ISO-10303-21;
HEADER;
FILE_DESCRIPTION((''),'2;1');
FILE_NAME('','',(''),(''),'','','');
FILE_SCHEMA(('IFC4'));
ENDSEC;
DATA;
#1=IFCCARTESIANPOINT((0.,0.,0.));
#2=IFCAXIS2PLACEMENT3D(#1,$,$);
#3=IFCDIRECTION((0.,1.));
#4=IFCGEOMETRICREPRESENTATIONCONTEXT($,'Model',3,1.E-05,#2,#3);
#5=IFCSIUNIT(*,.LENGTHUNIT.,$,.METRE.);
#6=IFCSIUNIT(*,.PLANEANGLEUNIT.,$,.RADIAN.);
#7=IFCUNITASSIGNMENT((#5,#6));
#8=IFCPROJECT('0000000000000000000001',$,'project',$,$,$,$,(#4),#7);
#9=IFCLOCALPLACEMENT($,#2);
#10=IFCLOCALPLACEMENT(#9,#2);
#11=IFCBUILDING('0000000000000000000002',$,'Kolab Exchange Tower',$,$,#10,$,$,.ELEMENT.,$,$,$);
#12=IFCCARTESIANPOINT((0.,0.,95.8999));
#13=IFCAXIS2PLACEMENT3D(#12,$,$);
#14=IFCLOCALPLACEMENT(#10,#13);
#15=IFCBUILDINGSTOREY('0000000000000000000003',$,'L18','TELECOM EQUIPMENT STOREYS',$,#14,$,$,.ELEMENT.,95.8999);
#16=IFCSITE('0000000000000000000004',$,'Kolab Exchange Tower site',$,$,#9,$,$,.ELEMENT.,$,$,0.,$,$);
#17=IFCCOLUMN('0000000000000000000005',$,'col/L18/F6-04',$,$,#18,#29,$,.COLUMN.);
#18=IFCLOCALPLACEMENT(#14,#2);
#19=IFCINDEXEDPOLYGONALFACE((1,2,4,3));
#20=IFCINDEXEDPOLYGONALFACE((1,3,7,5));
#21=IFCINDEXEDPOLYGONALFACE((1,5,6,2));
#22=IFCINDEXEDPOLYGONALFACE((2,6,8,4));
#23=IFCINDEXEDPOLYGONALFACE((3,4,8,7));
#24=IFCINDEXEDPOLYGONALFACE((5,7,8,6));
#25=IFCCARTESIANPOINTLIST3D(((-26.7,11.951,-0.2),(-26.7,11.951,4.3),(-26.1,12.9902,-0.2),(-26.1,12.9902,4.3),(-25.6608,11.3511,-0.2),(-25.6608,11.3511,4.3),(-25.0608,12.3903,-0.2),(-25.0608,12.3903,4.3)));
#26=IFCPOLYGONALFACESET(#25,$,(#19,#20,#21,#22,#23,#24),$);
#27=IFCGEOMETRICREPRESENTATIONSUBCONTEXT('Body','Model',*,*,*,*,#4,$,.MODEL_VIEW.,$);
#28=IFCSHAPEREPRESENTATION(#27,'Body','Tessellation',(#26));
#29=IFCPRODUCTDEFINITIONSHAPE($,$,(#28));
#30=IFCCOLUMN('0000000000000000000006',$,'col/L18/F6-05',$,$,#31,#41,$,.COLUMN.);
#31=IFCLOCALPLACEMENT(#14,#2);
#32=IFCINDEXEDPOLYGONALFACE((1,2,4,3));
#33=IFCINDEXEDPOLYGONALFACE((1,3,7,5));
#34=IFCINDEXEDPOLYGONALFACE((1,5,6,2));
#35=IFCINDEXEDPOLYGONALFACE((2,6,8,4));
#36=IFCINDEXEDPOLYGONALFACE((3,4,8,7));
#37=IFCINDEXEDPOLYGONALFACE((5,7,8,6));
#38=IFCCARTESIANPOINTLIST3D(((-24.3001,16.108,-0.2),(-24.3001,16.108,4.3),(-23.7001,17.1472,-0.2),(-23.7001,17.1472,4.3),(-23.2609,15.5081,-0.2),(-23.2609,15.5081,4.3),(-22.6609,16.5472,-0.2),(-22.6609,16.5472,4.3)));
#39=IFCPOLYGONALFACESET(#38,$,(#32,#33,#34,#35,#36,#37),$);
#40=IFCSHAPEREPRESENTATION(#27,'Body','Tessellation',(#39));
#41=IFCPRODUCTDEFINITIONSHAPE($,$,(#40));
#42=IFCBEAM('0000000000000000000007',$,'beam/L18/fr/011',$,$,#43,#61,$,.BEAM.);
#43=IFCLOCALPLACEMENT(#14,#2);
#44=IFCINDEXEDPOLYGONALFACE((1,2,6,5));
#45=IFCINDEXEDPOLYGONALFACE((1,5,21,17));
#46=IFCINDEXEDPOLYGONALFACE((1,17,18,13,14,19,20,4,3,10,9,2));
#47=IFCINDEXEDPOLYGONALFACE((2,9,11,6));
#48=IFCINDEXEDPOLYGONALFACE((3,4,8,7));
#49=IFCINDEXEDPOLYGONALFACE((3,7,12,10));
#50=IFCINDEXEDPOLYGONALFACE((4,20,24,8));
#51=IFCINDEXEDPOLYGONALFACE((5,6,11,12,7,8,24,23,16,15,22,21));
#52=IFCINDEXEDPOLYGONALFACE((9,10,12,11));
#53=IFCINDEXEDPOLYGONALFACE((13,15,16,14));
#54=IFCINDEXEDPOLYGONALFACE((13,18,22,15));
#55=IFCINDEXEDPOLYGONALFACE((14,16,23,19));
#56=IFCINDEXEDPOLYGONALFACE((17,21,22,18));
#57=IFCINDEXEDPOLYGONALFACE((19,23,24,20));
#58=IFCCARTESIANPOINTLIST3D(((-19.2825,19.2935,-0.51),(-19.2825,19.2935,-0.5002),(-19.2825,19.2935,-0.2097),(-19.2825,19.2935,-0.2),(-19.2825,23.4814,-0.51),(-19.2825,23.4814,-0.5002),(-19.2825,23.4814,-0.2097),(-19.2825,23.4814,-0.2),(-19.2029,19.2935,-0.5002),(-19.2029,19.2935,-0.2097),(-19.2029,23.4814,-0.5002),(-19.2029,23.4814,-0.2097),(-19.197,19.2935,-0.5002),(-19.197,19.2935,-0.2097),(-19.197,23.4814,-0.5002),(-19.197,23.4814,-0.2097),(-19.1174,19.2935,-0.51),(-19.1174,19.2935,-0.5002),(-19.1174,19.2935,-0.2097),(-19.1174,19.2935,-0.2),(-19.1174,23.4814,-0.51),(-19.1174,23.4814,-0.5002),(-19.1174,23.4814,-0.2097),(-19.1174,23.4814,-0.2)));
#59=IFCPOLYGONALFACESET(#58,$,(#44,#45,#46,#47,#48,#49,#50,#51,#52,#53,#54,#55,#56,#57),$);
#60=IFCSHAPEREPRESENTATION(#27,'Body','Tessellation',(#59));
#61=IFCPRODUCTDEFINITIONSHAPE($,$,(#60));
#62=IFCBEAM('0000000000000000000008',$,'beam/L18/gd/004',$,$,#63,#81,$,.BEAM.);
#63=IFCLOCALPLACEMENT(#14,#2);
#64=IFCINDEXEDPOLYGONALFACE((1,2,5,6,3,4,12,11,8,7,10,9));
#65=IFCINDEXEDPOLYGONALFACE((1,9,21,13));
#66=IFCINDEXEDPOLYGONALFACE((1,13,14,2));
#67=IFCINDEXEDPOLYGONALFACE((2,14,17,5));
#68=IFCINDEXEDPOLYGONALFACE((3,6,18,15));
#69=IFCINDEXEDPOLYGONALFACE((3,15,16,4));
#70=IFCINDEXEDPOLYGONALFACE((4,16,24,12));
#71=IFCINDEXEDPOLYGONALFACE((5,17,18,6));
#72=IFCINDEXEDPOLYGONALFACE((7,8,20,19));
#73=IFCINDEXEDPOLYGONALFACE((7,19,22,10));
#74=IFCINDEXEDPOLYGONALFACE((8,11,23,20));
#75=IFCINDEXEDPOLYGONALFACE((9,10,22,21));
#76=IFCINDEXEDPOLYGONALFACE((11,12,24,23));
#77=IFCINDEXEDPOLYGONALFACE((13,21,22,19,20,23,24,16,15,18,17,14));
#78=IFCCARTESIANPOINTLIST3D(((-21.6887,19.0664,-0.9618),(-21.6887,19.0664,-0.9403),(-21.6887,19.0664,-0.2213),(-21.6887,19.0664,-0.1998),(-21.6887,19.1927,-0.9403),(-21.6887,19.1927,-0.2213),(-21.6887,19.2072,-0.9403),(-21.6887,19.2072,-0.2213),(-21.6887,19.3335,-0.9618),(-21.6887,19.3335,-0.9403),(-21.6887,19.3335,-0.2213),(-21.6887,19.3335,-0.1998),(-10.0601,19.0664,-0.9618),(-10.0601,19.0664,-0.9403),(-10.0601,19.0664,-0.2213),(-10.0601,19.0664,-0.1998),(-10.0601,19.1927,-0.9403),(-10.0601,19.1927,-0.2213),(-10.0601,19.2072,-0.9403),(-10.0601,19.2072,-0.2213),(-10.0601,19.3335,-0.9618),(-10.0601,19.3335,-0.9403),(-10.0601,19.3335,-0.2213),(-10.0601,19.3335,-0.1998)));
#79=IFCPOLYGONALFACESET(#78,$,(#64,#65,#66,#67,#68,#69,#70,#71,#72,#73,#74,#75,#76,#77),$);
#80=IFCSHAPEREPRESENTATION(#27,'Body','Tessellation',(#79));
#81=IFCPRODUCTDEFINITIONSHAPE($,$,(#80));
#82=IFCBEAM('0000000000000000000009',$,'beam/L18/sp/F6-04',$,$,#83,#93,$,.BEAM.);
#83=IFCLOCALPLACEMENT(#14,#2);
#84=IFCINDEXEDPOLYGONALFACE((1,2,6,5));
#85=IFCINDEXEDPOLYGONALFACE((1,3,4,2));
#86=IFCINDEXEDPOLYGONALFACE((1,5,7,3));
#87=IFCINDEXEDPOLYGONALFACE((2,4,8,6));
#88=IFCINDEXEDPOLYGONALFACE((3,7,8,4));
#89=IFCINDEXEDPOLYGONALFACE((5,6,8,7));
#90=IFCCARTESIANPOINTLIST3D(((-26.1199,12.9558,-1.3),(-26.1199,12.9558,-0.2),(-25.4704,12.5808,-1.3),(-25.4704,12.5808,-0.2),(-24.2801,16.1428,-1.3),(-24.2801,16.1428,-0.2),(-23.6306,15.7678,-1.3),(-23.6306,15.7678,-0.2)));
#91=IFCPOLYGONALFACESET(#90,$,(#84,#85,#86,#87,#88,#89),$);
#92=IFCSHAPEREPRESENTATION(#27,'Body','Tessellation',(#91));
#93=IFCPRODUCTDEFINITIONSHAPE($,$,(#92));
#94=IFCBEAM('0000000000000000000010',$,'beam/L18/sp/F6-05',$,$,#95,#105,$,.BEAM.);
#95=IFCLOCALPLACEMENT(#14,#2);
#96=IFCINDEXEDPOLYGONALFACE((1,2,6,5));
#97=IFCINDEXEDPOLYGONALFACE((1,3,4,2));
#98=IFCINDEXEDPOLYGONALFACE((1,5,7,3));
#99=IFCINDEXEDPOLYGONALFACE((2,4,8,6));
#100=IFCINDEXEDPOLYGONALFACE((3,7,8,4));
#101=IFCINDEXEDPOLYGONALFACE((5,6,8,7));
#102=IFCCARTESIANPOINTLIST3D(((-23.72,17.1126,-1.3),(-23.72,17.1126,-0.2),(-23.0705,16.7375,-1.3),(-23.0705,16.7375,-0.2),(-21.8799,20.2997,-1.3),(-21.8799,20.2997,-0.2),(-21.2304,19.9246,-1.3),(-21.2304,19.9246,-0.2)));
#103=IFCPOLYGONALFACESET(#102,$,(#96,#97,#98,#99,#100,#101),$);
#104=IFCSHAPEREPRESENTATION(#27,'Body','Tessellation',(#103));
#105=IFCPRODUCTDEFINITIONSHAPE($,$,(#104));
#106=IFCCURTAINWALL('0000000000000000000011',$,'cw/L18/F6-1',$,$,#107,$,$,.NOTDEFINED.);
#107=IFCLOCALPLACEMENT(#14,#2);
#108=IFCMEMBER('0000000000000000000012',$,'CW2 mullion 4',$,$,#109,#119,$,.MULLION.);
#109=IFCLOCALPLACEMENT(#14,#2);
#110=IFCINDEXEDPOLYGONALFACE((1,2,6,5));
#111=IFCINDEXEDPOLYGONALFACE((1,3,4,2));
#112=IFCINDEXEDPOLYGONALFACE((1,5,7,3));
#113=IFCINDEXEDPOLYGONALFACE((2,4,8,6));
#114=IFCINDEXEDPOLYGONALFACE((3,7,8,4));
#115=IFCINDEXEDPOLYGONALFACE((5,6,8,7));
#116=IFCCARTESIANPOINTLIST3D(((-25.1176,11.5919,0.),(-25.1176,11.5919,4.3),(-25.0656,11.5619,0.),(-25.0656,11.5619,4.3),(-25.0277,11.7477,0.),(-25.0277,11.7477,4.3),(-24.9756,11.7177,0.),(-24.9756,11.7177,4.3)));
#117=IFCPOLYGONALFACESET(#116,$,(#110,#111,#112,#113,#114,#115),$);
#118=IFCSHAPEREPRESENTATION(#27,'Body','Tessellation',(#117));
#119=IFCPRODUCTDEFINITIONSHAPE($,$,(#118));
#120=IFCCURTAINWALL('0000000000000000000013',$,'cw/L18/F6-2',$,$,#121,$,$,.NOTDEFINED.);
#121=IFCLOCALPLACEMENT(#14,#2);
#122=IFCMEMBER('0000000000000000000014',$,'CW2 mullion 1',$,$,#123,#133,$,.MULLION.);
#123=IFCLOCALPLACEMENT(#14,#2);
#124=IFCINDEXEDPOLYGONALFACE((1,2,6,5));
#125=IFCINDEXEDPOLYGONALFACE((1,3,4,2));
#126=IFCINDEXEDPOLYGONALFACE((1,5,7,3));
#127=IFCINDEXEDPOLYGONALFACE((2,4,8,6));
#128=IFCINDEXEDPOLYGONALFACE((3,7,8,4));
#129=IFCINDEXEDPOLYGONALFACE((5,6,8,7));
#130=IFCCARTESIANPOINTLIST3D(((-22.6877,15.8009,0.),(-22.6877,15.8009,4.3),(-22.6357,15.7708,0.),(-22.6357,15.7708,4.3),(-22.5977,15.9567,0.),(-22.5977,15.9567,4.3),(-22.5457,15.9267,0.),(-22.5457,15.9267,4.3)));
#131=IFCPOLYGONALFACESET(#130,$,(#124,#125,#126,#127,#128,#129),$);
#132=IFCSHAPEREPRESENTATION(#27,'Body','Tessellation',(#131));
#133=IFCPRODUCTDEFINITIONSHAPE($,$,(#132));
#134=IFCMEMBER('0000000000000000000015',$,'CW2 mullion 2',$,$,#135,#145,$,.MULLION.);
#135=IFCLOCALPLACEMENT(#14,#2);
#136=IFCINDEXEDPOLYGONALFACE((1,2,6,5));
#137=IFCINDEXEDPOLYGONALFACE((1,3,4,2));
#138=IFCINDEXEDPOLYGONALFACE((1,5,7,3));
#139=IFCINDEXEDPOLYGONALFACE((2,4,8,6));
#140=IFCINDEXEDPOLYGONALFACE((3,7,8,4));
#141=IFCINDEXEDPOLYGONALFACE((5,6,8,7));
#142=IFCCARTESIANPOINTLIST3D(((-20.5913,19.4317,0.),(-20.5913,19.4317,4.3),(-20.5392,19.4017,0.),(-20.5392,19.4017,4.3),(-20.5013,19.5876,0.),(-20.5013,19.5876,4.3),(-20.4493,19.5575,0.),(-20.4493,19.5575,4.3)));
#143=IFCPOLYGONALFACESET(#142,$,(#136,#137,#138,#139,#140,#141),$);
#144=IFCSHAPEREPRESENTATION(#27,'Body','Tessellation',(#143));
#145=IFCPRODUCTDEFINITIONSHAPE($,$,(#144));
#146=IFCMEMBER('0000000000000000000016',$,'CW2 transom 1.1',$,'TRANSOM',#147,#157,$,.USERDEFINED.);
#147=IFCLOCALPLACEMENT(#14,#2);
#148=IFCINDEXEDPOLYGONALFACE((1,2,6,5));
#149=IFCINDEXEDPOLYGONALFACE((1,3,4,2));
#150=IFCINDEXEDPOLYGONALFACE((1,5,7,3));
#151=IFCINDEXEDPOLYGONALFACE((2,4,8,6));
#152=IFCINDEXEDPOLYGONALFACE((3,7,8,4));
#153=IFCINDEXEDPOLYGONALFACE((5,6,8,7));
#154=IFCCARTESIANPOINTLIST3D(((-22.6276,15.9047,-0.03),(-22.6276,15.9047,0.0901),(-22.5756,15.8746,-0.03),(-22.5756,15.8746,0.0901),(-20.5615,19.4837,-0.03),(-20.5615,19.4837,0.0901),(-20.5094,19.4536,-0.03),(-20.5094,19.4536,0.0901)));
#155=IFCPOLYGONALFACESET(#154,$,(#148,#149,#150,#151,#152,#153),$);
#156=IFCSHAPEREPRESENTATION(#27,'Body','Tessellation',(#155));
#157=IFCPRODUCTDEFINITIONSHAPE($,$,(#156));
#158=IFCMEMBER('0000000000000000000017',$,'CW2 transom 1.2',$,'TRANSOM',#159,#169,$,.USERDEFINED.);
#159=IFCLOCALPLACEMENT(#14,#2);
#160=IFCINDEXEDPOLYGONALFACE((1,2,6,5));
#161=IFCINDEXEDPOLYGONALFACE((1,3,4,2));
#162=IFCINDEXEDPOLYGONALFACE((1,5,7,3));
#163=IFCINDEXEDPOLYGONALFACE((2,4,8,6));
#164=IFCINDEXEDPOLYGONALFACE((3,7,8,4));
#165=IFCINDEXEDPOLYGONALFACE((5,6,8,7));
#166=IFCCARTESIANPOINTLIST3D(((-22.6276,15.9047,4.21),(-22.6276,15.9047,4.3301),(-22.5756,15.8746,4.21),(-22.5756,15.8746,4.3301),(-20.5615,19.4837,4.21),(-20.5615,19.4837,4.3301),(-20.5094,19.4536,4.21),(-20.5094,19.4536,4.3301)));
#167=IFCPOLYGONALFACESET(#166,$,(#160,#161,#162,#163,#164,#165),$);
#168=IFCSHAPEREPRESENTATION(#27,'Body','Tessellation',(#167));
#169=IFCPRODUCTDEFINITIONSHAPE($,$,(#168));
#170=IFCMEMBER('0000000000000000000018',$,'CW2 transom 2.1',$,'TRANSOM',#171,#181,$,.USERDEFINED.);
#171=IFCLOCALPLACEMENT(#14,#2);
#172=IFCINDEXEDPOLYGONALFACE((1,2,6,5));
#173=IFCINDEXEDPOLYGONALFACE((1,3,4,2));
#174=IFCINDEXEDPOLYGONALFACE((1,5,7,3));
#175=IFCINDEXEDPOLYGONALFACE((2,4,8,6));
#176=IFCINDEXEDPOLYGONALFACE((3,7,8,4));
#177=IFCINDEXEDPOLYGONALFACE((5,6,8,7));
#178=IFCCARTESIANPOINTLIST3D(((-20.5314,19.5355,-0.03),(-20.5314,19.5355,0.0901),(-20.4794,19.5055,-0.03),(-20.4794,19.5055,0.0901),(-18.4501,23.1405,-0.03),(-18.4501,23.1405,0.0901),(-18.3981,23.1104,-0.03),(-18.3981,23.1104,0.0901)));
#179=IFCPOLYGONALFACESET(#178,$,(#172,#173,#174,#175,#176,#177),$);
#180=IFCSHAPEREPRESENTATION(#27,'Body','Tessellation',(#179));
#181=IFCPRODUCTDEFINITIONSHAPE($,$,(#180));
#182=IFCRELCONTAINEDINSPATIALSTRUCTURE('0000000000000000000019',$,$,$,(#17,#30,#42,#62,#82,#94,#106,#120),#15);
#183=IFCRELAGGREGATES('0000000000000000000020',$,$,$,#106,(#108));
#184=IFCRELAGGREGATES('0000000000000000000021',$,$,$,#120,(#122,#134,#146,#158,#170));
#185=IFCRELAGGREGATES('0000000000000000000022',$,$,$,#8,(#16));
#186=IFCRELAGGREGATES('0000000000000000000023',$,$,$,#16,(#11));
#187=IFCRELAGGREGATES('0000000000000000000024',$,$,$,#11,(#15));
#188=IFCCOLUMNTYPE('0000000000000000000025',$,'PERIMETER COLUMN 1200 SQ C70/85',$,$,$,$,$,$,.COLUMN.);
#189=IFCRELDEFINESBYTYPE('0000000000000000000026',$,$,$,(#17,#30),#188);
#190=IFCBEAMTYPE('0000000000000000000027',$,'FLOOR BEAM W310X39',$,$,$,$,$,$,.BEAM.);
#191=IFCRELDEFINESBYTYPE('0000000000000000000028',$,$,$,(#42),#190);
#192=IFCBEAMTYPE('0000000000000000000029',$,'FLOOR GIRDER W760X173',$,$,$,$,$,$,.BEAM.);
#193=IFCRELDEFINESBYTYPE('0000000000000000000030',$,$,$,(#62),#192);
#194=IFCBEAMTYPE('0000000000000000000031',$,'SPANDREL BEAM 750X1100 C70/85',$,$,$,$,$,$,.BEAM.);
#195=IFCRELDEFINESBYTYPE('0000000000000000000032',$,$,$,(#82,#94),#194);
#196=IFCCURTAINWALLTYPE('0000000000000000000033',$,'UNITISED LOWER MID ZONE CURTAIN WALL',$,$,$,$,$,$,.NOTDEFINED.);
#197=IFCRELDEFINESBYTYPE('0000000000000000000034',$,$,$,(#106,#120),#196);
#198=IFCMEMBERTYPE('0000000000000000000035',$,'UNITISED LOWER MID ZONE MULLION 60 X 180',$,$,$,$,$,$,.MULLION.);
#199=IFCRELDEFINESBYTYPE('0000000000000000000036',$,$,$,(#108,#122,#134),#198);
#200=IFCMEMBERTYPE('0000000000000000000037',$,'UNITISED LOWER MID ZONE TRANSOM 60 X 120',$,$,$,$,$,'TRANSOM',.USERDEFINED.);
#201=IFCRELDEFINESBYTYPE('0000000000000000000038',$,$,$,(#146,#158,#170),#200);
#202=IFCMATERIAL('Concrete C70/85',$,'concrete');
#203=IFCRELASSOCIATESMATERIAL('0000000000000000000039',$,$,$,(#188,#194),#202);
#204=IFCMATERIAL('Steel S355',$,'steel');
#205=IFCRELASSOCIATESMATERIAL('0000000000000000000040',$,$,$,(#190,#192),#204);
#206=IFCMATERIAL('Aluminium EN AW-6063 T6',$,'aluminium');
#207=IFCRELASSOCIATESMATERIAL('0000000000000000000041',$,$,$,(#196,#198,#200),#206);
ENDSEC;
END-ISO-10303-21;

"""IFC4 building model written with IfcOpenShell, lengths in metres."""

from ifc_helpers import new_model, si_unit, direction, frame, origin, origin_2d, place, context, subcontext, project, spatial, rectangle, i_section, extrude, material, material_profile, profile_set, type_object, element, aggregate, save


model = new_model("IFC4")

# Units and contexts
model_context = context("Model", 3, precision=1e-05, world=origin(), true_north=direction((0.0, 1.0)))
body_context = subcontext(model_context, "Body", "Model", "MODEL_VIEW")
ifc_project = project(units=[si_unit("LENGTHUNIT", "METRE"), si_unit("PLANEANGLEUNIT", "RADIAN")], contexts=[model_context])

# Site, building, storey
site_placement = place(None, origin())
site = spatial("IfcSite", under=ifc_project, at=site_placement, Name="Kolab Exchange Tower site", CompositionType="ELEMENT", RefElevation=0.0)
building_placement = place(site_placement, origin())
building = spatial("IfcBuilding", under=site, at=building_placement, Name="Kolab Exchange Tower", CompositionType="ELEMENT")
storey_placement = place(building_placement, frame((0.0, 0.0, 95.8999)))
storey = spatial("IfcBuildingStorey", under=building, at=storey_placement, Name="L18", Description="TELECOM EQUIPMENT STOREYS", CompositionType="ELEMENT", Elevation=95.8999)

# Columns
ifc_material_1 = material(Name="Concrete C70/85", Category="concrete")
ifc_material_profile_1 = material_profile(ifc_material_1, rectangle(XDim=1.2, YDim=1.2, at=origin_2d()), Name="RC1200")
ifc_profile_set_1 = profile_set([ifc_material_profile_1], Name="Concrete C70/85")
column_type = type_object("IfcColumnType", Name="PERIMETER COLUMN 1200 SQ C70/85", PredefinedType="COLUMN", material=ifc_profile_set_1)
for number, where, z_axis, x_axis, name in (
    (1, (-25.8804, 12.1707, -0.2), (0.0, 0.0, 1.0), (0.5, 0.866025, 0.0), "col/L18/F6-04"),
    (2, (-23.4805, 16.3276, -0.2), (0.0, 0.0, 1.0), (0.5, 0.866025, 0.0), "col/L18/F6-05"),
):
    element("IfcColumn", number, at=place(storey_placement, frame(where, z_axis=z_axis, x_axis=x_axis)), inside=storey, type_object=column_type, Name=name, PredefinedType="COLUMN", context=body_context, shape_type="SweptSolid", body=[
        extrude(rectangle(XDim=1.2, YDim=1.2, at=origin_2d()), origin(), (0.0, 0.0, 1.0), 4.5),
    ])

# Beams
ifc_material_2 = material(Name="Steel S355", Category="steel")
ifc_material_profile_2 = material_profile(ifc_material_2, i_section(OverallWidth=0.165, OverallDepth=0.3101, WebThickness=0.0059, FlangeThickness=0.0098, at=origin_2d()), Name="W310X39")
ifc_profile_set_2 = profile_set([ifc_material_profile_2], Name="Steel S355")
beam_type_1 = type_object("IfcBeamType", Name="FLOOR BEAM W310X39", PredefinedType="BEAM", material=ifc_profile_set_2)
beam_1_placement = place(storey_placement, frame((-19.2, 19.2935, -0.355), z_axis=(0.0, 1.0, 0.0), x_axis=(-1.0, 0.0, 0.0)))
element("IfcBeam", 3, at=beam_1_placement, inside=storey, type_object=beam_type_1, Name="beam/L18/fr/011", PredefinedType="BEAM", context=body_context, shape_type="SweptSolid", body=[
    extrude(i_section(OverallWidth=0.165, OverallDepth=0.3101, WebThickness=0.0059, FlangeThickness=0.0098, at=origin_2d()), origin(), (0.0, 0.0, 1.0), 4.188),
])
ifc_material_profile_3 = material_profile(ifc_material_2, i_section(OverallWidth=0.2671, OverallDepth=0.762, WebThickness=0.0144, FlangeThickness=0.0215, at=origin_2d()), Name="W760X173")
ifc_profile_set_3 = profile_set([ifc_material_profile_3], Name="Steel S355")
beam_type_2 = type_object("IfcBeamType", Name="FLOOR GIRDER W760X173", PredefinedType="BEAM", material=ifc_profile_set_3)
beam_2_placement = place(storey_placement, frame((-21.6887, 19.2, -0.5808), z_axis=(1.0, 0.0, 0.0), x_axis=(0.0, 1.0, 0.0)))
element("IfcBeam", 4, at=beam_2_placement, inside=storey, type_object=beam_type_2, Name="beam/L18/gd/004", PredefinedType="BEAM", context=body_context, shape_type="SweptSolid", body=[
    extrude(i_section(OverallWidth=0.2671, OverallDepth=0.762, WebThickness=0.0144, FlangeThickness=0.0215, at=origin_2d()), origin(), (0.0, 0.0, 1.0), 11.6287),
])
ifc_material_profile_4 = material_profile(ifc_material_1, rectangle(XDim=0.75, YDim=1.1001, at=origin_2d()), Name="RC750X1100")
ifc_profile_set_4 = profile_set([ifc_material_profile_4], Name="Concrete C70/85")
beam_type_3 = type_object("IfcBeamType", Name="SPANDREL BEAM 750X1100 C70/85", PredefinedType="BEAM", material=ifc_profile_set_4)
beam_3_placement = place(storey_placement, frame((-25.7952, 12.7683, -0.75), z_axis=(0.499964, 0.866046, 0.0), x_axis=(-0.866046, 0.499964, 0.0)))
element("IfcBeam", 5, at=beam_3_placement, inside=storey, type_object=beam_type_3, Name="beam/L18/sp/F6-04", PredefinedType="BEAM", context=body_context, shape_type="SweptSolid", body=[
    extrude(rectangle(XDim=0.75, YDim=1.1001, at=origin_2d()), origin(), (0.0, 0.0, 1.0), 3.6799),
])
beam_4_placement = place(storey_placement, frame((-23.3953, 16.925, -0.75), z_axis=(0.500013, 0.866018, 0.0), x_axis=(-0.866018, 0.500013, 0.0)))
element("IfcBeam", 6, at=beam_4_placement, inside=storey, type_object=beam_type_3, Name="beam/L18/sp/F6-05", PredefinedType="BEAM", context=body_context, shape_type="SweptSolid", body=[
    extrude(rectangle(XDim=0.75, YDim=1.1001, at=origin_2d()), origin(), (0.0, 0.0, 1.0), 3.6802),
])

# Curtain wall, member
ifc_material_3 = material(Name="Aluminium EN AW-6063 T6", Category="aluminium")
curtain_wall_type = type_object("IfcCurtainWallType", Name="UNITISED LOWER MID ZONE CURTAIN WALL", PredefinedType="NOTDEFINED", material=ifc_material_3)
curtain_wall_1_placement = place(storey_placement, origin())
curtain_wall_1 = element("IfcCurtainWall", 7, at=curtain_wall_1_placement, inside=storey, type_object=curtain_wall_type, Name="cw/L18/F6-1", PredefinedType="NOTDEFINED")
ifc_material_profile_5 = material_profile(ifc_material_3, rectangle(XDim=0.0601, YDim=0.1799, at=origin_2d()), Name="RECT 60X180")
ifc_profile_set_5 = profile_set([ifc_material_profile_5], Name="Aluminium EN AW-6063 T6")
member_type_1 = type_object("IfcMemberType", Name="UNITISED LOWER MID ZONE MULLION 60 X 180", PredefinedType="MULLION", material=ifc_profile_set_5)
member_1_placement = place(storey_placement, frame((-25.0466, 11.6548, 0.0), z_axis=(0.0, 0.0, 1.0), x_axis=(-0.866025, 0.5, 0.0)))
member_1 = element("IfcMember", 8, at=member_1_placement, type_object=member_type_1, Name="CW2 mullion 4", PredefinedType="MULLION", context=body_context, shape_type="SweptSolid", body=[
    extrude(rectangle(XDim=0.0601, YDim=0.1799, at=origin_2d()), origin(), (0.0, 0.0, 1.0), 4.3),
])
aggregate(curtain_wall_1, [member_1])

# Curtain wall, members
curtain_wall_2_placement = place(storey_placement, origin())
curtain_wall_2 = element("IfcCurtainWall", 9, at=curtain_wall_2_placement, inside=storey, type_object=curtain_wall_type, Name="cw/L18/F6-2", PredefinedType="NOTDEFINED")
member_2_placement = place(storey_placement, frame((-22.6167, 15.8638, 0.0), z_axis=(0.0, 0.0, 1.0), x_axis=(-0.866025, 0.5, 0.0)))
member_2 = element("IfcMember", 10, at=member_2_placement, type_object=member_type_1, Name="CW2 mullion 1", PredefinedType="MULLION", context=body_context, shape_type="SweptSolid", body=[
    extrude(rectangle(XDim=0.0601, YDim=0.1799, at=origin_2d()), origin(), (0.0, 0.0, 1.0), 4.3),
])
member_3_placement = place(storey_placement, frame((-20.5203, 19.4946, 0.0), z_axis=(0.0, 0.0, 1.0), x_axis=(-0.866025, 0.5, 0.0)))
member_3 = element("IfcMember", 11, at=member_3_placement, type_object=member_type_1, Name="CW2 mullion 2", PredefinedType="MULLION", context=body_context, shape_type="SweptSolid", body=[
    extrude(rectangle(XDim=0.0601, YDim=0.1799, at=origin_2d()), origin(), (0.0, 0.0, 1.0), 4.3),
])
ifc_material_profile_6 = material_profile(ifc_material_3, rectangle(XDim=0.0601, YDim=0.1201, at=origin_2d()), Name="RECT 60X120")
ifc_profile_set_6 = profile_set([ifc_material_profile_6], Name="Aluminium EN AW-6063 T6")
member_type_2 = type_object("IfcMemberType", Name="UNITISED LOWER MID ZONE TRANSOM 60 X 120", ElementType="TRANSOM", PredefinedType="USERDEFINED", material=ifc_profile_set_6)
member_4_placement = place(storey_placement, frame((-22.6016, 15.8896, 0.03), z_axis=(0.499958, 0.86605, 0.0), x_axis=(-0.86605, 0.499958, 0.0)))
member_4 = element("IfcMember", 12, at=member_4_placement, type_object=member_type_2, Name="CW2 transom 1.1", ObjectType="TRANSOM", PredefinedType="USERDEFINED", context=body_context, shape_type="SweptSolid", body=[
    extrude(rectangle(XDim=0.0601, YDim=0.1201, at=origin_2d()), origin(), (0.0, 0.0, 1.0), 4.1326),
])
member_5_placement = place(storey_placement, frame((-22.6016, 15.8896, 4.27), z_axis=(0.499958, 0.86605, 0.0), x_axis=(-0.86605, 0.499958, 0.0)))
member_5 = element("IfcMember", 13, at=member_5_placement, type_object=member_type_2, Name="CW2 transom 1.2", ObjectType="TRANSOM", PredefinedType="USERDEFINED", context=body_context, shape_type="SweptSolid", body=[
    extrude(rectangle(XDim=0.0601, YDim=0.1201, at=origin_2d()), origin(), (0.0, 0.0, 1.0), 4.1326),
])
member_6_placement = place(storey_placement, frame((-20.5054, 19.5205, 0.03), z_axis=(0.499993, 0.866029, 0.0), x_axis=(-0.866029, 0.499993, 0.0)))
member_6 = element("IfcMember", 14, at=member_6_placement, type_object=member_type_2, Name="CW2 transom 2.1", ObjectType="TRANSOM", PredefinedType="USERDEFINED", context=body_context, shape_type="SweptSolid", body=[
    extrude(rectangle(XDim=0.0601, YDim=0.1201, at=origin_2d()), origin(), (0.0, 0.0, 1.0), 4.1626),
])
aggregate(curtain_wall_2, [member_2, member_3, member_4, member_5, member_6])

save(model, "model.ifc")
